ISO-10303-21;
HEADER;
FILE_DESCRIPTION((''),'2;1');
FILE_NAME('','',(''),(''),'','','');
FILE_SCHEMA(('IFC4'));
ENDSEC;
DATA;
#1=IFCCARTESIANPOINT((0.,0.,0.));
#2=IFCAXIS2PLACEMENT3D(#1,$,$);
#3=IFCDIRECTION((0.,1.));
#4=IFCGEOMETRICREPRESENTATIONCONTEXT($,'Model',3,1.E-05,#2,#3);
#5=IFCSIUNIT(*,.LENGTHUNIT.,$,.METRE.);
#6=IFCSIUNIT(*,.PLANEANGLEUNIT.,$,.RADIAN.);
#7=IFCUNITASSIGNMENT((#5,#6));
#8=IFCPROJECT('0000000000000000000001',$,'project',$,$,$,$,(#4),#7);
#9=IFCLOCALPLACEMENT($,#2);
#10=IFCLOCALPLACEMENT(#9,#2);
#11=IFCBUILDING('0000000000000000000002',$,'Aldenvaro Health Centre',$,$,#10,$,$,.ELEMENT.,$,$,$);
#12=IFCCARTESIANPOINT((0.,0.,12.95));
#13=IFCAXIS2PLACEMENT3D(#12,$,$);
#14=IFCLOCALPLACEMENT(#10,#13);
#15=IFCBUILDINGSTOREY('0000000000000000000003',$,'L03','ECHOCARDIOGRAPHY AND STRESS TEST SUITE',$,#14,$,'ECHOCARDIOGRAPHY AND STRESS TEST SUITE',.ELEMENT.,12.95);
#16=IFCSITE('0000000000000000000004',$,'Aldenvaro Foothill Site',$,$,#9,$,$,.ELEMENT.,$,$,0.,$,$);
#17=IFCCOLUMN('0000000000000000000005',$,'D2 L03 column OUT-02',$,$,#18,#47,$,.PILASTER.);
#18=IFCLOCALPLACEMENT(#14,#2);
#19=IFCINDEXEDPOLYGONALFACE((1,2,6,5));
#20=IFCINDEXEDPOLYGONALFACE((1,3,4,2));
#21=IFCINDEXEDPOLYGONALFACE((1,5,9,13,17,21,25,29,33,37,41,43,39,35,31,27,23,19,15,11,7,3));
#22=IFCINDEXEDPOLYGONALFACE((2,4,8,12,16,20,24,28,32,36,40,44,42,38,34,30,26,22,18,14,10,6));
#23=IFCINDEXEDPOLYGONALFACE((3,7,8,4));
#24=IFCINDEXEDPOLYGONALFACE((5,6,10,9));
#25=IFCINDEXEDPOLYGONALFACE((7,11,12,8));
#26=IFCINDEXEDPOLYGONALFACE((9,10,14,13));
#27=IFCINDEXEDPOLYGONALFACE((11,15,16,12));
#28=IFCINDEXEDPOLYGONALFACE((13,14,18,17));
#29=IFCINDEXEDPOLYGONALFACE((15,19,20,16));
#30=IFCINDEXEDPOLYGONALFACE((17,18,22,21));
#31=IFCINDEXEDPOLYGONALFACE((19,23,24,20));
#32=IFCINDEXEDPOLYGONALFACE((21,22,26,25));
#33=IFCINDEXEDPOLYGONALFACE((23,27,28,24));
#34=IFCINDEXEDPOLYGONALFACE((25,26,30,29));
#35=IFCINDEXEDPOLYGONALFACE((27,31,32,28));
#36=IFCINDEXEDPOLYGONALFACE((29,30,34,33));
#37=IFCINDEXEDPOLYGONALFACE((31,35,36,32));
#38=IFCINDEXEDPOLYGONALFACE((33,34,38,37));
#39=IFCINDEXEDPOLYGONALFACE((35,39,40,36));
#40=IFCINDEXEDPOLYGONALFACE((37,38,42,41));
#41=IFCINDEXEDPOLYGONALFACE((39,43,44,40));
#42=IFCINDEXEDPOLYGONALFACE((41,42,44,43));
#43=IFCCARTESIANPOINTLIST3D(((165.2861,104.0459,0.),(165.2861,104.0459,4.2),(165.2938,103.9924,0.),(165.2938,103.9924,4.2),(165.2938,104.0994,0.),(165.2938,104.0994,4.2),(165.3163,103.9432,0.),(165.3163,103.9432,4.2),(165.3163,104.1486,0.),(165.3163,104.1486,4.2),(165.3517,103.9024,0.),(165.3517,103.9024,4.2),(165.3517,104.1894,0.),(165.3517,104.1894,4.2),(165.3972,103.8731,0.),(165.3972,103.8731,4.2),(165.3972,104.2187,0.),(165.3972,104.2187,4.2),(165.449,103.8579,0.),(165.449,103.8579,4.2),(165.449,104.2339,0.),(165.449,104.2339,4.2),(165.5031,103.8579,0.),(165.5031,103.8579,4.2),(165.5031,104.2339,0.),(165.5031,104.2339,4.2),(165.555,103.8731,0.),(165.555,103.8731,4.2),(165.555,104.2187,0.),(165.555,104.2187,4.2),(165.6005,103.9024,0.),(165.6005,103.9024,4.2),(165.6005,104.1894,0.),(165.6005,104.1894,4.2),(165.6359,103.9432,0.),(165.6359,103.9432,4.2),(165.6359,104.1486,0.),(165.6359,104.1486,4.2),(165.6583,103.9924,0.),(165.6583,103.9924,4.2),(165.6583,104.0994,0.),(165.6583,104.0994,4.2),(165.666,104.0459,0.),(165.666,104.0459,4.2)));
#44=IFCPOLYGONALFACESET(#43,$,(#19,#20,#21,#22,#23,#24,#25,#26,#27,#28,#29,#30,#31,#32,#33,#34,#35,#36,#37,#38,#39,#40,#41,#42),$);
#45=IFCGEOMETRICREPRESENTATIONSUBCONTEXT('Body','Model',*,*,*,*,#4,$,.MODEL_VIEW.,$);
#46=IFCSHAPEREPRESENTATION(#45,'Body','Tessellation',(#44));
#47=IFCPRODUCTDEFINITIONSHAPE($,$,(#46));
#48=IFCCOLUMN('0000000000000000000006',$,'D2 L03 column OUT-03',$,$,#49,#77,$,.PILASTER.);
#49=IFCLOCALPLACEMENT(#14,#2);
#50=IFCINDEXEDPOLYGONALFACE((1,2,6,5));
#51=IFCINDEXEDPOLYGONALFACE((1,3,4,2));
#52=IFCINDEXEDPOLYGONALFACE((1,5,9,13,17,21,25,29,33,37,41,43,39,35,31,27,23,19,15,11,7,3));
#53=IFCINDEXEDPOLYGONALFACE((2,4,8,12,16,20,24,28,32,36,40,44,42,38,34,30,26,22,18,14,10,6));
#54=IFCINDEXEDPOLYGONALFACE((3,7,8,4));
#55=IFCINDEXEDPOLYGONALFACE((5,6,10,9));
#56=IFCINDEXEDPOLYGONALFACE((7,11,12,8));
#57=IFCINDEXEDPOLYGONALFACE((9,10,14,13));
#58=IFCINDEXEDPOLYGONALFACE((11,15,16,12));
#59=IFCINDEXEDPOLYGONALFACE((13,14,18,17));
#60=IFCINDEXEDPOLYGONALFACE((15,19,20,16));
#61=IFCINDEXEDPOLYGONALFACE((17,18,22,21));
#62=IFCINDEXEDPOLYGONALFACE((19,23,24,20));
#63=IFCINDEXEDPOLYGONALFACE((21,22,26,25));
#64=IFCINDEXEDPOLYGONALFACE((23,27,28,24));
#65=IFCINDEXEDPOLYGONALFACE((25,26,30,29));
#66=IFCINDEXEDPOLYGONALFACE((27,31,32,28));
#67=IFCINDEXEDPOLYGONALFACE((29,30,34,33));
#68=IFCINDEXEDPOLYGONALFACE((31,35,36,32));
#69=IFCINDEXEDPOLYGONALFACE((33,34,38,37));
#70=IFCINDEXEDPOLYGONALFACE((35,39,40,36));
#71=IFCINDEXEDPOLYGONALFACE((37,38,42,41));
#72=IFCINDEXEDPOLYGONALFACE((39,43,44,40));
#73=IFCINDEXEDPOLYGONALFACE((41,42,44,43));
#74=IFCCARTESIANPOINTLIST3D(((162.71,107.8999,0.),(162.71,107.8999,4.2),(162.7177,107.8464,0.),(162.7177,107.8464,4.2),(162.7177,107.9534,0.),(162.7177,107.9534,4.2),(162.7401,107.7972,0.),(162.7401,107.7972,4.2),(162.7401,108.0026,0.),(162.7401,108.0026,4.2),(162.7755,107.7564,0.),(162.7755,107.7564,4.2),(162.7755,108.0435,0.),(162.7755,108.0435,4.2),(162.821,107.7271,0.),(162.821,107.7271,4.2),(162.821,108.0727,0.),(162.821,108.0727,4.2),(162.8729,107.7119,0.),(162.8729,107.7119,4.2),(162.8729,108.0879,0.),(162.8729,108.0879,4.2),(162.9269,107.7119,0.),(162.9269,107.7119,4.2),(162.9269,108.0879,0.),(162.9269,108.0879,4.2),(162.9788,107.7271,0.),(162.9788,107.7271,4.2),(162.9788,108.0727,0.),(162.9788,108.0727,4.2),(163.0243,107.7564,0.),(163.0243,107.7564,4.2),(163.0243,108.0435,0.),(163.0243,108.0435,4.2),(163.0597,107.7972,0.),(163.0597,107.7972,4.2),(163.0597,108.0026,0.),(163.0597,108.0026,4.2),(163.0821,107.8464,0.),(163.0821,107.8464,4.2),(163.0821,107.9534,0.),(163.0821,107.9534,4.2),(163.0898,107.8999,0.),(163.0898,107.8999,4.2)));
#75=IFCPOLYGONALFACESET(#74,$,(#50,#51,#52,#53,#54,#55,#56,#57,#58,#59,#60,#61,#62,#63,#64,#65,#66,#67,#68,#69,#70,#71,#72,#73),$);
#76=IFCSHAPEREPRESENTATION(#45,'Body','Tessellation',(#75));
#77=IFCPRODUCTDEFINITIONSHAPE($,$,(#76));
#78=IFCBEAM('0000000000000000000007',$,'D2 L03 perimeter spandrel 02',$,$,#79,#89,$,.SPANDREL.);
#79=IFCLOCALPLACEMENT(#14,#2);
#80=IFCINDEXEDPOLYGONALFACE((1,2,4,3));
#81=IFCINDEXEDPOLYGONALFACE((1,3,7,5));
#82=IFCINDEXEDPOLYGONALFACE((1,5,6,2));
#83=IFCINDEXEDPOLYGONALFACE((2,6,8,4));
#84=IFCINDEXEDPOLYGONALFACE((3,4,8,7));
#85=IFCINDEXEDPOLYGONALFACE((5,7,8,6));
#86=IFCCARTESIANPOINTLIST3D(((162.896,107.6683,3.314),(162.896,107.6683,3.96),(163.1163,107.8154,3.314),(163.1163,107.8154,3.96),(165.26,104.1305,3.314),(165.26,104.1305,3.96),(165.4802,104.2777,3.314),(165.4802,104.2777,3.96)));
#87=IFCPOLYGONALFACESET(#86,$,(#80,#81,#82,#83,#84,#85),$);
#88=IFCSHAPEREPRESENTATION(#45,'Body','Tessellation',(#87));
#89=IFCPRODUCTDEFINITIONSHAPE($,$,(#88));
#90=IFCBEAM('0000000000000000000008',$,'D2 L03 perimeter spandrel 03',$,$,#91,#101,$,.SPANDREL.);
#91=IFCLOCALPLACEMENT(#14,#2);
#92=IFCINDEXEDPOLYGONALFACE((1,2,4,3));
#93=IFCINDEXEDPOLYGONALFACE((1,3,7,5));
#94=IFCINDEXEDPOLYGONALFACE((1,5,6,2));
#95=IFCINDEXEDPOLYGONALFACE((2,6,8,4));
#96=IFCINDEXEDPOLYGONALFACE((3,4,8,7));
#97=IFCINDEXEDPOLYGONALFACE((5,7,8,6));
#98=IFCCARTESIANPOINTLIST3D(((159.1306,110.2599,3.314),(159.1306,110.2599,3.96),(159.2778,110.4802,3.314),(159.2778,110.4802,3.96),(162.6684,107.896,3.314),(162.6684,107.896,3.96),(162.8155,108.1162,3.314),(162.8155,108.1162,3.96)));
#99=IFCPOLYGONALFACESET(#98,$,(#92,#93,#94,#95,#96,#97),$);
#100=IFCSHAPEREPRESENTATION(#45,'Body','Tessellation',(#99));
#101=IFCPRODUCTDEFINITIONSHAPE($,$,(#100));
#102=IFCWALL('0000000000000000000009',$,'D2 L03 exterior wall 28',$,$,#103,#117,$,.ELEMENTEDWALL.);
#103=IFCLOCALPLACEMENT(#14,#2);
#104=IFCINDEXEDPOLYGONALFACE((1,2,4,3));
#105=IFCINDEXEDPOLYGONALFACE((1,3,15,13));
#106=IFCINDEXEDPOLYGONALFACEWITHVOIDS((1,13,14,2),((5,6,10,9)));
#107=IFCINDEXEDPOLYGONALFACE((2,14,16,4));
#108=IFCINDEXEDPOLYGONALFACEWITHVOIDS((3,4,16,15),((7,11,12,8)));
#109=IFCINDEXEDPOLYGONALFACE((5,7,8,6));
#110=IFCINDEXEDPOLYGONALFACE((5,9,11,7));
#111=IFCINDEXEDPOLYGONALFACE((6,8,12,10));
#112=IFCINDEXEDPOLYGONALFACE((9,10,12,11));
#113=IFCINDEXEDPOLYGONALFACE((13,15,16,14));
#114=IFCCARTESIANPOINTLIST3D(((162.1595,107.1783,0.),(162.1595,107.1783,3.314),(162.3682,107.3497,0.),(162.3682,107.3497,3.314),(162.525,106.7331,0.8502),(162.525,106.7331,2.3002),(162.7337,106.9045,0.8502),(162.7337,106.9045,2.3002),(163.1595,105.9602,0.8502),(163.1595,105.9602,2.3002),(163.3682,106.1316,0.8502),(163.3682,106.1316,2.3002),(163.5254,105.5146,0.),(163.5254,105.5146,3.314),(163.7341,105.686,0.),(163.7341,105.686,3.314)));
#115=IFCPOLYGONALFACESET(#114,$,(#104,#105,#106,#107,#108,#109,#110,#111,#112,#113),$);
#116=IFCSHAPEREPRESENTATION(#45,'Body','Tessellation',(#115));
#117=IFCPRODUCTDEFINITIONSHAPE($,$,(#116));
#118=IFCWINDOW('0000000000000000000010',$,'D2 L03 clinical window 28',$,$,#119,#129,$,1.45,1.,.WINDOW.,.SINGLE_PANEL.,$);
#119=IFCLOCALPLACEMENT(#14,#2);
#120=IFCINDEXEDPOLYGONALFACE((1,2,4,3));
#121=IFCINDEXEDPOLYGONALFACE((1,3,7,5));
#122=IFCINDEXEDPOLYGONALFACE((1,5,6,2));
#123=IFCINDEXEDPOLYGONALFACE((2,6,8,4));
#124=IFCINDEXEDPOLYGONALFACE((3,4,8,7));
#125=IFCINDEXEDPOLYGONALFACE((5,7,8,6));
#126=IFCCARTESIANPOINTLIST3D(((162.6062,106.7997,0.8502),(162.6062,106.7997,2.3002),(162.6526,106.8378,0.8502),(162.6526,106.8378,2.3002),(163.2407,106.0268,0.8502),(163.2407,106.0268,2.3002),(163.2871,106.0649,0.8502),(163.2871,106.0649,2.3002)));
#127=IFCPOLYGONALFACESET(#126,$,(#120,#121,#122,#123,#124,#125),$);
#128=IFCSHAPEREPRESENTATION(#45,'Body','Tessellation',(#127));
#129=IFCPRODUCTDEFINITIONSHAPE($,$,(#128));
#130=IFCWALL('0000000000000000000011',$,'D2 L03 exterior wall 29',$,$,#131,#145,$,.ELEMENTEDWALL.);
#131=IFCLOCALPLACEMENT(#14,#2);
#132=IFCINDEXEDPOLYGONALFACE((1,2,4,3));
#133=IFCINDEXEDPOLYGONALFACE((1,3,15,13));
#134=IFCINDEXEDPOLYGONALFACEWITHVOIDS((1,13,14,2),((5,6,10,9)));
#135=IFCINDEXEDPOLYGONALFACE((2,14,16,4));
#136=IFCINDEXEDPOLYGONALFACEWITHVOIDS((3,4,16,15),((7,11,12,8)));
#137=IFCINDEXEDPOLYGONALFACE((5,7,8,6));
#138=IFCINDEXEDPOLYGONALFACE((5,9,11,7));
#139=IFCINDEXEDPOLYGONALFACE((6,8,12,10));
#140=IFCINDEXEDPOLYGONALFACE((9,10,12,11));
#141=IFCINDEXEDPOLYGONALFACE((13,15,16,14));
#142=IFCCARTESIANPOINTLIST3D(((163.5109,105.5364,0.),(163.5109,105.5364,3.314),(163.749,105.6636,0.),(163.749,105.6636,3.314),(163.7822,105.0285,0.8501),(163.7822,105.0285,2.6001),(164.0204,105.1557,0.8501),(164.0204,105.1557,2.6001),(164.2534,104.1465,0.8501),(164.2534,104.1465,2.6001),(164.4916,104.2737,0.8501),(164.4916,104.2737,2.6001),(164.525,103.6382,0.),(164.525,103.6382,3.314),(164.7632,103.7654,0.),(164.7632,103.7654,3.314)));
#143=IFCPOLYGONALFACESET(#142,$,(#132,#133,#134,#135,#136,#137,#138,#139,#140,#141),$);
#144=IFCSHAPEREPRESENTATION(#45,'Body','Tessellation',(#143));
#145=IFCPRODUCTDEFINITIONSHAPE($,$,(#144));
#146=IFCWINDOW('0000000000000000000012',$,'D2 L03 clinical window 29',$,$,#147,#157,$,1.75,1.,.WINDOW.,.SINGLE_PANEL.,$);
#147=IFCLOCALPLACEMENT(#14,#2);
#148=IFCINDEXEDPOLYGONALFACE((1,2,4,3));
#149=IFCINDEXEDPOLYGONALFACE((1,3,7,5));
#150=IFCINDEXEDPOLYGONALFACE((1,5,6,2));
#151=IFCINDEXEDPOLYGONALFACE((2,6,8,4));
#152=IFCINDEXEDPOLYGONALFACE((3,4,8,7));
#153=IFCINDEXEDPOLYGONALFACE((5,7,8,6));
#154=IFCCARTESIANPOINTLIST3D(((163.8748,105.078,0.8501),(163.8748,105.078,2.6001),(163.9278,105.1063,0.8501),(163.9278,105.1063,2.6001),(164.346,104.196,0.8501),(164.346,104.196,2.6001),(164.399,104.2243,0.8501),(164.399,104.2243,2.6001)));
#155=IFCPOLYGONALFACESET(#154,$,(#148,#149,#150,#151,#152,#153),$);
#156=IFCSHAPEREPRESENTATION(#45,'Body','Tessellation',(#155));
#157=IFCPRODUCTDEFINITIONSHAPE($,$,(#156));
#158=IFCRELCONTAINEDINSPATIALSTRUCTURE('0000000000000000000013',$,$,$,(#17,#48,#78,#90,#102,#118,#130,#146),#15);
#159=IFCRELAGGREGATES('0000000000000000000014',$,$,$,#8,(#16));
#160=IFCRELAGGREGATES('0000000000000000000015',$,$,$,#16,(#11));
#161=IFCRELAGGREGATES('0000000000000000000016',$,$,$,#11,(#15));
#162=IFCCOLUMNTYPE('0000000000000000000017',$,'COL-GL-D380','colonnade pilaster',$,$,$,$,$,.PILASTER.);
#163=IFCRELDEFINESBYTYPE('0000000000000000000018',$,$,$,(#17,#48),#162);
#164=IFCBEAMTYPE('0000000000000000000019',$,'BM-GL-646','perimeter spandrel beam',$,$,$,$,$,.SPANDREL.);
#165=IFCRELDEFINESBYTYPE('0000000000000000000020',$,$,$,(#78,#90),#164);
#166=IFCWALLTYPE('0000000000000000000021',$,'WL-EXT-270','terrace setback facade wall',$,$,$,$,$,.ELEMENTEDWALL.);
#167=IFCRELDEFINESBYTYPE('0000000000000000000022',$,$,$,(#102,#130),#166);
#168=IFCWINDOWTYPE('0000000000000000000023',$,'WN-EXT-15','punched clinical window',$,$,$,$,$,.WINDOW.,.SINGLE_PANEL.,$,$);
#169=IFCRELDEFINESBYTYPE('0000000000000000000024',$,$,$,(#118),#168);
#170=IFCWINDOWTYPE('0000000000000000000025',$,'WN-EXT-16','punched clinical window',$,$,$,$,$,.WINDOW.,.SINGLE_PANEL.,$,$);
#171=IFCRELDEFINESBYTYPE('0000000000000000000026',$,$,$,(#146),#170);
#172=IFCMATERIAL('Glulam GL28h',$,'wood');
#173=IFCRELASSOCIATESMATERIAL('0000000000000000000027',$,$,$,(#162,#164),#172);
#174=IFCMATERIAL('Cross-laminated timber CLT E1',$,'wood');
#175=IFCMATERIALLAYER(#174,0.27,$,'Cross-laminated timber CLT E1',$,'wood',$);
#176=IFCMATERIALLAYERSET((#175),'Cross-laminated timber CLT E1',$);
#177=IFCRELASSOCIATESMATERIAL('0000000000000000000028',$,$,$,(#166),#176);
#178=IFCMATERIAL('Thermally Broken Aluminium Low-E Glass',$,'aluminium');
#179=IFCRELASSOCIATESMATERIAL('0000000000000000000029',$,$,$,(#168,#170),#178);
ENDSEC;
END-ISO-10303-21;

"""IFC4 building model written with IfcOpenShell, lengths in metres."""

from ifc_helpers import new_model, si_unit, direction, frame, frame_2d, origin, origin_2d, place, context, subcontext, project, spatial, rectangle, circle, extrude, material, layer, layer_set, material_profile, profile_set, type_object, element, fill, save


model = new_model("IFC4")

# Units and contexts
model_context = context("Model", 3, precision=1e-05, world=origin(), true_north=direction((0.0, 1.0)))
body_context = subcontext(model_context, "Body", "Model", "MODEL_VIEW")
ifc_project = project(units=[si_unit("LENGTHUNIT", "METRE"), si_unit("PLANEANGLEUNIT", "RADIAN")], contexts=[model_context])

# Site, building, storey
site_placement = place(None, origin())
site = spatial("IfcSite", under=ifc_project, at=site_placement, Name="Aldenvaro Foothill Site", CompositionType="ELEMENT", RefElevation=0.0)
building_placement = place(site_placement, origin())
building = spatial("IfcBuilding", under=site, at=building_placement, Name="Aldenvaro Health Centre", CompositionType="ELEMENT")
storey_placement = place(building_placement, frame((0.0, 0.0, 12.95)))
storey = spatial("IfcBuildingStorey", under=building, at=storey_placement, Name="L03", Description="ECHOCARDIOGRAPHY AND STRESS TEST SUITE", LongName="ECHOCARDIOGRAPHY AND STRESS TEST SUITE", CompositionType="ELEMENT", Elevation=12.95)

# Columns
ifc_material_1 = material(Name="Glulam GL28h", Category="wood")
ifc_material_profile_1 = material_profile(ifc_material_1, circle(Radius=0.1899, at=origin_2d()), Name="GL D380", Category="wood")
ifc_profile_set_1 = profile_set([ifc_material_profile_1], Name="Glulam GL28h")
column_type = type_object("IfcColumnType", Name="COL-GL-D380", Description="colonnade pilaster", PredefinedType="PILASTER", material=ifc_profile_set_1)
for number, where, z_axis, x_axis, name in (
    (1, (165.4761, 104.0459, 0.0), (0.0, 0.0, 1.0), (1.0, 0.0, 0.0), "D2 L03 column OUT-02"),
    (2, (162.8999, 107.8999, 0.0), (0.0, 0.0, 1.0), (1.0, 0.0, 0.0), "D2 L03 column OUT-03"),
):
    element("IfcColumn", number, at=place(storey_placement, frame(where, z_axis=z_axis, x_axis=x_axis)), inside=storey, type_object=column_type, Name=name, PredefinedType="PILASTER", context=body_context, shape_type="SweptSolid", body=[
        extrude(circle(Radius=0.1899, at=origin_2d()), origin(), (0.0, 0.0, 1.0), 4.2),
    ])

# Beams
ifc_material_profile_2 = material_profile(ifc_material_1, rectangle(XDim=0.2649, YDim=0.646, at=origin_2d()), Name="GL 265x646", Category="wood")
ifc_profile_set_2 = profile_set([ifc_material_profile_2], Name="Glulam GL28h")
beam_type = type_object("IfcBeamType", Name="BM-GL-646", Description="perimeter spandrel beam", PredefinedType="SPANDREL", material=ifc_profile_set_2)
for number, where, z_axis, x_axis, name in (
    (3, (165.3701, 104.2041, 3.637), (-0.555587, 0.831458, 0.0), (-0.831458, -0.555587, 0.0), "D2 L03 perimeter spandrel 02"),
    (4, (162.7419, 108.0061, 3.637), (-0.831458, 0.555587, 0.0), (-0.555587, -0.831458, 0.0), "D2 L03 perimeter spandrel 03"),
):
    element("IfcBeam", number, at=place(storey_placement, frame(where, z_axis=z_axis, x_axis=x_axis)), inside=storey, type_object=beam_type, Name=name, PredefinedType="SPANDREL", context=body_context, shape_type="SweptSolid", body=[
        extrude(rectangle(XDim=0.2649, YDim=0.646, at=origin_2d()), origin(), (0.0, 0.0, 1.0), 4.2549),
    ])

# Walls, openings, windows
ifc_material_2 = material(Name="Cross-laminated timber CLT E1", Category="wood")
ifc_layer_1 = layer(ifc_material_2, 0.27, Name="Cross-laminated timber CLT E1", Category="wood")
ifc_layer_set_1 = layer_set([ifc_layer_1], Name="Cross-laminated timber CLT E1")
wall_type_1 = type_object("IfcWallType", Name="WL-EXT-270", Description="terrace setback facade wall", PredefinedType="ELEMENTEDWALL", material=ifc_layer_set_1)
wall_1_placement = place(storey_placement, frame((162.2639, 107.2639, 0.0), z_axis=(0.0, 0.0, 1.0), x_axis=(0.634534, -0.772895, 0.0)))
wall_1 = element("IfcWall", 5, at=wall_1_placement, inside=storey, type_object=wall_type_1, Name="D2 L03 exterior wall 28", PredefinedType="ELEMENTEDWALL", context=body_context, shape_type="SweptSolid", body=[
    extrude(rectangle(XDim=2.1526, YDim=0.27, at=frame_2d((1.0762, 0.0))), origin(), (0.0, 0.0, 1.0), 3.314),
])
opening_1_placement = place(wall_1_placement, frame((0.5759, 0.0, 0.8501)))
opening_1 = element("IfcOpeningElement", 6, at=opening_1_placement, cuts=wall_1, PredefinedType="OPENING", context=body_context, shape_type="SweptSolid", body=[
    extrude(rectangle(XDim=1.0, YDim=1.45, at=frame_2d((0.5, 0.7251))), frame((0.0, 0.145, 0.0), z_axis=(0.0, -1.0, 0.0), x_axis=(1.0, 0.0, 0.0)), (0.0, 0.0, 1.0), 0.29),
])
ifc_material_3 = material(Name="Thermally Broken Aluminium Low-E Glass", Category="aluminium")
window_type_1 = type_object("IfcWindowType", Name="WN-EXT-15", Description="punched clinical window", PartitioningType="SINGLE_PANEL", PredefinedType="WINDOW", material=ifc_material_3)
window_1_placement = place(opening_1_placement, origin())
window_1 = element("IfcWindow", 7, at=window_1_placement, inside=storey, type_object=window_type_1, Name="D2 L03 clinical window 28", OverallHeight=1.45, OverallWidth=1.0, PartitioningType="SINGLE_PANEL", PredefinedType="WINDOW", context=body_context, shape_type="SweptSolid", body=[
    extrude(rectangle(XDim=1.0, YDim=1.45, at=frame_2d((0.5, 0.7251))), frame((0.0, 0.03, 0.0), z_axis=(0.0, -1.0, 0.0), x_axis=(1.0, 0.0, 0.0)), (0.0, 0.0, 1.0), 0.0601),
])
fill(opening_1, window_1)
wall_2_placement = place(storey_placement, frame((163.6299, 105.6001, 0.0), z_axis=(0.0, 0.0, 1.0), x_axis=(0.471236, -0.882007, 0.0)))
wall_2 = element("IfcWall", 8, at=wall_2_placement, inside=storey, type_object=wall_type_1, Name="D2 L03 exterior wall 29", PredefinedType="ELEMENTEDWALL", context=body_context, shape_type="SweptSolid", body=[
    extrude(rectangle(XDim=2.1521, YDim=0.27, at=frame_2d((1.0762, 0.0))), origin(), (0.0, 0.0, 1.0), 3.314),
])
opening_2_placement = place(wall_2_placement, frame((0.5759, 0.0, 0.8501)))
opening_2 = element("IfcOpeningElement", 9, at=opening_2_placement, cuts=wall_2, PredefinedType="OPENING", context=body_context, shape_type="SweptSolid", body=[
    extrude(rectangle(XDim=1.0, YDim=1.75, at=frame_2d((0.5, 0.875))), frame((0.0, 0.145, 0.0), z_axis=(0.0, -1.0, 0.0), x_axis=(1.0, 0.0, 0.0)), (0.0, 0.0, 1.0), 0.29),
])
window_type_2 = type_object("IfcWindowType", Name="WN-EXT-16", Description="punched clinical window", PartitioningType="SINGLE_PANEL", PredefinedType="WINDOW", material=ifc_material_3)
window_2_placement = place(opening_2_placement, origin())
window_2 = element("IfcWindow", 10, at=window_2_placement, inside=storey, type_object=window_type_2, Name="D2 L03 clinical window 29", OverallHeight=1.75, OverallWidth=1.0, PartitioningType="SINGLE_PANEL", PredefinedType="WINDOW", context=body_context, shape_type="SweptSolid", body=[
    extrude(rectangle(XDim=1.0, YDim=1.75, at=frame_2d((0.5, 0.875))), frame((0.0, 0.03, 0.0), z_axis=(0.0, -1.0, 0.0), x_axis=(1.0, 0.0, 0.0)), (0.0, 0.0, 1.0), 0.0601),
])
fill(opening_2, window_2)

save(model, "model.ifc")
